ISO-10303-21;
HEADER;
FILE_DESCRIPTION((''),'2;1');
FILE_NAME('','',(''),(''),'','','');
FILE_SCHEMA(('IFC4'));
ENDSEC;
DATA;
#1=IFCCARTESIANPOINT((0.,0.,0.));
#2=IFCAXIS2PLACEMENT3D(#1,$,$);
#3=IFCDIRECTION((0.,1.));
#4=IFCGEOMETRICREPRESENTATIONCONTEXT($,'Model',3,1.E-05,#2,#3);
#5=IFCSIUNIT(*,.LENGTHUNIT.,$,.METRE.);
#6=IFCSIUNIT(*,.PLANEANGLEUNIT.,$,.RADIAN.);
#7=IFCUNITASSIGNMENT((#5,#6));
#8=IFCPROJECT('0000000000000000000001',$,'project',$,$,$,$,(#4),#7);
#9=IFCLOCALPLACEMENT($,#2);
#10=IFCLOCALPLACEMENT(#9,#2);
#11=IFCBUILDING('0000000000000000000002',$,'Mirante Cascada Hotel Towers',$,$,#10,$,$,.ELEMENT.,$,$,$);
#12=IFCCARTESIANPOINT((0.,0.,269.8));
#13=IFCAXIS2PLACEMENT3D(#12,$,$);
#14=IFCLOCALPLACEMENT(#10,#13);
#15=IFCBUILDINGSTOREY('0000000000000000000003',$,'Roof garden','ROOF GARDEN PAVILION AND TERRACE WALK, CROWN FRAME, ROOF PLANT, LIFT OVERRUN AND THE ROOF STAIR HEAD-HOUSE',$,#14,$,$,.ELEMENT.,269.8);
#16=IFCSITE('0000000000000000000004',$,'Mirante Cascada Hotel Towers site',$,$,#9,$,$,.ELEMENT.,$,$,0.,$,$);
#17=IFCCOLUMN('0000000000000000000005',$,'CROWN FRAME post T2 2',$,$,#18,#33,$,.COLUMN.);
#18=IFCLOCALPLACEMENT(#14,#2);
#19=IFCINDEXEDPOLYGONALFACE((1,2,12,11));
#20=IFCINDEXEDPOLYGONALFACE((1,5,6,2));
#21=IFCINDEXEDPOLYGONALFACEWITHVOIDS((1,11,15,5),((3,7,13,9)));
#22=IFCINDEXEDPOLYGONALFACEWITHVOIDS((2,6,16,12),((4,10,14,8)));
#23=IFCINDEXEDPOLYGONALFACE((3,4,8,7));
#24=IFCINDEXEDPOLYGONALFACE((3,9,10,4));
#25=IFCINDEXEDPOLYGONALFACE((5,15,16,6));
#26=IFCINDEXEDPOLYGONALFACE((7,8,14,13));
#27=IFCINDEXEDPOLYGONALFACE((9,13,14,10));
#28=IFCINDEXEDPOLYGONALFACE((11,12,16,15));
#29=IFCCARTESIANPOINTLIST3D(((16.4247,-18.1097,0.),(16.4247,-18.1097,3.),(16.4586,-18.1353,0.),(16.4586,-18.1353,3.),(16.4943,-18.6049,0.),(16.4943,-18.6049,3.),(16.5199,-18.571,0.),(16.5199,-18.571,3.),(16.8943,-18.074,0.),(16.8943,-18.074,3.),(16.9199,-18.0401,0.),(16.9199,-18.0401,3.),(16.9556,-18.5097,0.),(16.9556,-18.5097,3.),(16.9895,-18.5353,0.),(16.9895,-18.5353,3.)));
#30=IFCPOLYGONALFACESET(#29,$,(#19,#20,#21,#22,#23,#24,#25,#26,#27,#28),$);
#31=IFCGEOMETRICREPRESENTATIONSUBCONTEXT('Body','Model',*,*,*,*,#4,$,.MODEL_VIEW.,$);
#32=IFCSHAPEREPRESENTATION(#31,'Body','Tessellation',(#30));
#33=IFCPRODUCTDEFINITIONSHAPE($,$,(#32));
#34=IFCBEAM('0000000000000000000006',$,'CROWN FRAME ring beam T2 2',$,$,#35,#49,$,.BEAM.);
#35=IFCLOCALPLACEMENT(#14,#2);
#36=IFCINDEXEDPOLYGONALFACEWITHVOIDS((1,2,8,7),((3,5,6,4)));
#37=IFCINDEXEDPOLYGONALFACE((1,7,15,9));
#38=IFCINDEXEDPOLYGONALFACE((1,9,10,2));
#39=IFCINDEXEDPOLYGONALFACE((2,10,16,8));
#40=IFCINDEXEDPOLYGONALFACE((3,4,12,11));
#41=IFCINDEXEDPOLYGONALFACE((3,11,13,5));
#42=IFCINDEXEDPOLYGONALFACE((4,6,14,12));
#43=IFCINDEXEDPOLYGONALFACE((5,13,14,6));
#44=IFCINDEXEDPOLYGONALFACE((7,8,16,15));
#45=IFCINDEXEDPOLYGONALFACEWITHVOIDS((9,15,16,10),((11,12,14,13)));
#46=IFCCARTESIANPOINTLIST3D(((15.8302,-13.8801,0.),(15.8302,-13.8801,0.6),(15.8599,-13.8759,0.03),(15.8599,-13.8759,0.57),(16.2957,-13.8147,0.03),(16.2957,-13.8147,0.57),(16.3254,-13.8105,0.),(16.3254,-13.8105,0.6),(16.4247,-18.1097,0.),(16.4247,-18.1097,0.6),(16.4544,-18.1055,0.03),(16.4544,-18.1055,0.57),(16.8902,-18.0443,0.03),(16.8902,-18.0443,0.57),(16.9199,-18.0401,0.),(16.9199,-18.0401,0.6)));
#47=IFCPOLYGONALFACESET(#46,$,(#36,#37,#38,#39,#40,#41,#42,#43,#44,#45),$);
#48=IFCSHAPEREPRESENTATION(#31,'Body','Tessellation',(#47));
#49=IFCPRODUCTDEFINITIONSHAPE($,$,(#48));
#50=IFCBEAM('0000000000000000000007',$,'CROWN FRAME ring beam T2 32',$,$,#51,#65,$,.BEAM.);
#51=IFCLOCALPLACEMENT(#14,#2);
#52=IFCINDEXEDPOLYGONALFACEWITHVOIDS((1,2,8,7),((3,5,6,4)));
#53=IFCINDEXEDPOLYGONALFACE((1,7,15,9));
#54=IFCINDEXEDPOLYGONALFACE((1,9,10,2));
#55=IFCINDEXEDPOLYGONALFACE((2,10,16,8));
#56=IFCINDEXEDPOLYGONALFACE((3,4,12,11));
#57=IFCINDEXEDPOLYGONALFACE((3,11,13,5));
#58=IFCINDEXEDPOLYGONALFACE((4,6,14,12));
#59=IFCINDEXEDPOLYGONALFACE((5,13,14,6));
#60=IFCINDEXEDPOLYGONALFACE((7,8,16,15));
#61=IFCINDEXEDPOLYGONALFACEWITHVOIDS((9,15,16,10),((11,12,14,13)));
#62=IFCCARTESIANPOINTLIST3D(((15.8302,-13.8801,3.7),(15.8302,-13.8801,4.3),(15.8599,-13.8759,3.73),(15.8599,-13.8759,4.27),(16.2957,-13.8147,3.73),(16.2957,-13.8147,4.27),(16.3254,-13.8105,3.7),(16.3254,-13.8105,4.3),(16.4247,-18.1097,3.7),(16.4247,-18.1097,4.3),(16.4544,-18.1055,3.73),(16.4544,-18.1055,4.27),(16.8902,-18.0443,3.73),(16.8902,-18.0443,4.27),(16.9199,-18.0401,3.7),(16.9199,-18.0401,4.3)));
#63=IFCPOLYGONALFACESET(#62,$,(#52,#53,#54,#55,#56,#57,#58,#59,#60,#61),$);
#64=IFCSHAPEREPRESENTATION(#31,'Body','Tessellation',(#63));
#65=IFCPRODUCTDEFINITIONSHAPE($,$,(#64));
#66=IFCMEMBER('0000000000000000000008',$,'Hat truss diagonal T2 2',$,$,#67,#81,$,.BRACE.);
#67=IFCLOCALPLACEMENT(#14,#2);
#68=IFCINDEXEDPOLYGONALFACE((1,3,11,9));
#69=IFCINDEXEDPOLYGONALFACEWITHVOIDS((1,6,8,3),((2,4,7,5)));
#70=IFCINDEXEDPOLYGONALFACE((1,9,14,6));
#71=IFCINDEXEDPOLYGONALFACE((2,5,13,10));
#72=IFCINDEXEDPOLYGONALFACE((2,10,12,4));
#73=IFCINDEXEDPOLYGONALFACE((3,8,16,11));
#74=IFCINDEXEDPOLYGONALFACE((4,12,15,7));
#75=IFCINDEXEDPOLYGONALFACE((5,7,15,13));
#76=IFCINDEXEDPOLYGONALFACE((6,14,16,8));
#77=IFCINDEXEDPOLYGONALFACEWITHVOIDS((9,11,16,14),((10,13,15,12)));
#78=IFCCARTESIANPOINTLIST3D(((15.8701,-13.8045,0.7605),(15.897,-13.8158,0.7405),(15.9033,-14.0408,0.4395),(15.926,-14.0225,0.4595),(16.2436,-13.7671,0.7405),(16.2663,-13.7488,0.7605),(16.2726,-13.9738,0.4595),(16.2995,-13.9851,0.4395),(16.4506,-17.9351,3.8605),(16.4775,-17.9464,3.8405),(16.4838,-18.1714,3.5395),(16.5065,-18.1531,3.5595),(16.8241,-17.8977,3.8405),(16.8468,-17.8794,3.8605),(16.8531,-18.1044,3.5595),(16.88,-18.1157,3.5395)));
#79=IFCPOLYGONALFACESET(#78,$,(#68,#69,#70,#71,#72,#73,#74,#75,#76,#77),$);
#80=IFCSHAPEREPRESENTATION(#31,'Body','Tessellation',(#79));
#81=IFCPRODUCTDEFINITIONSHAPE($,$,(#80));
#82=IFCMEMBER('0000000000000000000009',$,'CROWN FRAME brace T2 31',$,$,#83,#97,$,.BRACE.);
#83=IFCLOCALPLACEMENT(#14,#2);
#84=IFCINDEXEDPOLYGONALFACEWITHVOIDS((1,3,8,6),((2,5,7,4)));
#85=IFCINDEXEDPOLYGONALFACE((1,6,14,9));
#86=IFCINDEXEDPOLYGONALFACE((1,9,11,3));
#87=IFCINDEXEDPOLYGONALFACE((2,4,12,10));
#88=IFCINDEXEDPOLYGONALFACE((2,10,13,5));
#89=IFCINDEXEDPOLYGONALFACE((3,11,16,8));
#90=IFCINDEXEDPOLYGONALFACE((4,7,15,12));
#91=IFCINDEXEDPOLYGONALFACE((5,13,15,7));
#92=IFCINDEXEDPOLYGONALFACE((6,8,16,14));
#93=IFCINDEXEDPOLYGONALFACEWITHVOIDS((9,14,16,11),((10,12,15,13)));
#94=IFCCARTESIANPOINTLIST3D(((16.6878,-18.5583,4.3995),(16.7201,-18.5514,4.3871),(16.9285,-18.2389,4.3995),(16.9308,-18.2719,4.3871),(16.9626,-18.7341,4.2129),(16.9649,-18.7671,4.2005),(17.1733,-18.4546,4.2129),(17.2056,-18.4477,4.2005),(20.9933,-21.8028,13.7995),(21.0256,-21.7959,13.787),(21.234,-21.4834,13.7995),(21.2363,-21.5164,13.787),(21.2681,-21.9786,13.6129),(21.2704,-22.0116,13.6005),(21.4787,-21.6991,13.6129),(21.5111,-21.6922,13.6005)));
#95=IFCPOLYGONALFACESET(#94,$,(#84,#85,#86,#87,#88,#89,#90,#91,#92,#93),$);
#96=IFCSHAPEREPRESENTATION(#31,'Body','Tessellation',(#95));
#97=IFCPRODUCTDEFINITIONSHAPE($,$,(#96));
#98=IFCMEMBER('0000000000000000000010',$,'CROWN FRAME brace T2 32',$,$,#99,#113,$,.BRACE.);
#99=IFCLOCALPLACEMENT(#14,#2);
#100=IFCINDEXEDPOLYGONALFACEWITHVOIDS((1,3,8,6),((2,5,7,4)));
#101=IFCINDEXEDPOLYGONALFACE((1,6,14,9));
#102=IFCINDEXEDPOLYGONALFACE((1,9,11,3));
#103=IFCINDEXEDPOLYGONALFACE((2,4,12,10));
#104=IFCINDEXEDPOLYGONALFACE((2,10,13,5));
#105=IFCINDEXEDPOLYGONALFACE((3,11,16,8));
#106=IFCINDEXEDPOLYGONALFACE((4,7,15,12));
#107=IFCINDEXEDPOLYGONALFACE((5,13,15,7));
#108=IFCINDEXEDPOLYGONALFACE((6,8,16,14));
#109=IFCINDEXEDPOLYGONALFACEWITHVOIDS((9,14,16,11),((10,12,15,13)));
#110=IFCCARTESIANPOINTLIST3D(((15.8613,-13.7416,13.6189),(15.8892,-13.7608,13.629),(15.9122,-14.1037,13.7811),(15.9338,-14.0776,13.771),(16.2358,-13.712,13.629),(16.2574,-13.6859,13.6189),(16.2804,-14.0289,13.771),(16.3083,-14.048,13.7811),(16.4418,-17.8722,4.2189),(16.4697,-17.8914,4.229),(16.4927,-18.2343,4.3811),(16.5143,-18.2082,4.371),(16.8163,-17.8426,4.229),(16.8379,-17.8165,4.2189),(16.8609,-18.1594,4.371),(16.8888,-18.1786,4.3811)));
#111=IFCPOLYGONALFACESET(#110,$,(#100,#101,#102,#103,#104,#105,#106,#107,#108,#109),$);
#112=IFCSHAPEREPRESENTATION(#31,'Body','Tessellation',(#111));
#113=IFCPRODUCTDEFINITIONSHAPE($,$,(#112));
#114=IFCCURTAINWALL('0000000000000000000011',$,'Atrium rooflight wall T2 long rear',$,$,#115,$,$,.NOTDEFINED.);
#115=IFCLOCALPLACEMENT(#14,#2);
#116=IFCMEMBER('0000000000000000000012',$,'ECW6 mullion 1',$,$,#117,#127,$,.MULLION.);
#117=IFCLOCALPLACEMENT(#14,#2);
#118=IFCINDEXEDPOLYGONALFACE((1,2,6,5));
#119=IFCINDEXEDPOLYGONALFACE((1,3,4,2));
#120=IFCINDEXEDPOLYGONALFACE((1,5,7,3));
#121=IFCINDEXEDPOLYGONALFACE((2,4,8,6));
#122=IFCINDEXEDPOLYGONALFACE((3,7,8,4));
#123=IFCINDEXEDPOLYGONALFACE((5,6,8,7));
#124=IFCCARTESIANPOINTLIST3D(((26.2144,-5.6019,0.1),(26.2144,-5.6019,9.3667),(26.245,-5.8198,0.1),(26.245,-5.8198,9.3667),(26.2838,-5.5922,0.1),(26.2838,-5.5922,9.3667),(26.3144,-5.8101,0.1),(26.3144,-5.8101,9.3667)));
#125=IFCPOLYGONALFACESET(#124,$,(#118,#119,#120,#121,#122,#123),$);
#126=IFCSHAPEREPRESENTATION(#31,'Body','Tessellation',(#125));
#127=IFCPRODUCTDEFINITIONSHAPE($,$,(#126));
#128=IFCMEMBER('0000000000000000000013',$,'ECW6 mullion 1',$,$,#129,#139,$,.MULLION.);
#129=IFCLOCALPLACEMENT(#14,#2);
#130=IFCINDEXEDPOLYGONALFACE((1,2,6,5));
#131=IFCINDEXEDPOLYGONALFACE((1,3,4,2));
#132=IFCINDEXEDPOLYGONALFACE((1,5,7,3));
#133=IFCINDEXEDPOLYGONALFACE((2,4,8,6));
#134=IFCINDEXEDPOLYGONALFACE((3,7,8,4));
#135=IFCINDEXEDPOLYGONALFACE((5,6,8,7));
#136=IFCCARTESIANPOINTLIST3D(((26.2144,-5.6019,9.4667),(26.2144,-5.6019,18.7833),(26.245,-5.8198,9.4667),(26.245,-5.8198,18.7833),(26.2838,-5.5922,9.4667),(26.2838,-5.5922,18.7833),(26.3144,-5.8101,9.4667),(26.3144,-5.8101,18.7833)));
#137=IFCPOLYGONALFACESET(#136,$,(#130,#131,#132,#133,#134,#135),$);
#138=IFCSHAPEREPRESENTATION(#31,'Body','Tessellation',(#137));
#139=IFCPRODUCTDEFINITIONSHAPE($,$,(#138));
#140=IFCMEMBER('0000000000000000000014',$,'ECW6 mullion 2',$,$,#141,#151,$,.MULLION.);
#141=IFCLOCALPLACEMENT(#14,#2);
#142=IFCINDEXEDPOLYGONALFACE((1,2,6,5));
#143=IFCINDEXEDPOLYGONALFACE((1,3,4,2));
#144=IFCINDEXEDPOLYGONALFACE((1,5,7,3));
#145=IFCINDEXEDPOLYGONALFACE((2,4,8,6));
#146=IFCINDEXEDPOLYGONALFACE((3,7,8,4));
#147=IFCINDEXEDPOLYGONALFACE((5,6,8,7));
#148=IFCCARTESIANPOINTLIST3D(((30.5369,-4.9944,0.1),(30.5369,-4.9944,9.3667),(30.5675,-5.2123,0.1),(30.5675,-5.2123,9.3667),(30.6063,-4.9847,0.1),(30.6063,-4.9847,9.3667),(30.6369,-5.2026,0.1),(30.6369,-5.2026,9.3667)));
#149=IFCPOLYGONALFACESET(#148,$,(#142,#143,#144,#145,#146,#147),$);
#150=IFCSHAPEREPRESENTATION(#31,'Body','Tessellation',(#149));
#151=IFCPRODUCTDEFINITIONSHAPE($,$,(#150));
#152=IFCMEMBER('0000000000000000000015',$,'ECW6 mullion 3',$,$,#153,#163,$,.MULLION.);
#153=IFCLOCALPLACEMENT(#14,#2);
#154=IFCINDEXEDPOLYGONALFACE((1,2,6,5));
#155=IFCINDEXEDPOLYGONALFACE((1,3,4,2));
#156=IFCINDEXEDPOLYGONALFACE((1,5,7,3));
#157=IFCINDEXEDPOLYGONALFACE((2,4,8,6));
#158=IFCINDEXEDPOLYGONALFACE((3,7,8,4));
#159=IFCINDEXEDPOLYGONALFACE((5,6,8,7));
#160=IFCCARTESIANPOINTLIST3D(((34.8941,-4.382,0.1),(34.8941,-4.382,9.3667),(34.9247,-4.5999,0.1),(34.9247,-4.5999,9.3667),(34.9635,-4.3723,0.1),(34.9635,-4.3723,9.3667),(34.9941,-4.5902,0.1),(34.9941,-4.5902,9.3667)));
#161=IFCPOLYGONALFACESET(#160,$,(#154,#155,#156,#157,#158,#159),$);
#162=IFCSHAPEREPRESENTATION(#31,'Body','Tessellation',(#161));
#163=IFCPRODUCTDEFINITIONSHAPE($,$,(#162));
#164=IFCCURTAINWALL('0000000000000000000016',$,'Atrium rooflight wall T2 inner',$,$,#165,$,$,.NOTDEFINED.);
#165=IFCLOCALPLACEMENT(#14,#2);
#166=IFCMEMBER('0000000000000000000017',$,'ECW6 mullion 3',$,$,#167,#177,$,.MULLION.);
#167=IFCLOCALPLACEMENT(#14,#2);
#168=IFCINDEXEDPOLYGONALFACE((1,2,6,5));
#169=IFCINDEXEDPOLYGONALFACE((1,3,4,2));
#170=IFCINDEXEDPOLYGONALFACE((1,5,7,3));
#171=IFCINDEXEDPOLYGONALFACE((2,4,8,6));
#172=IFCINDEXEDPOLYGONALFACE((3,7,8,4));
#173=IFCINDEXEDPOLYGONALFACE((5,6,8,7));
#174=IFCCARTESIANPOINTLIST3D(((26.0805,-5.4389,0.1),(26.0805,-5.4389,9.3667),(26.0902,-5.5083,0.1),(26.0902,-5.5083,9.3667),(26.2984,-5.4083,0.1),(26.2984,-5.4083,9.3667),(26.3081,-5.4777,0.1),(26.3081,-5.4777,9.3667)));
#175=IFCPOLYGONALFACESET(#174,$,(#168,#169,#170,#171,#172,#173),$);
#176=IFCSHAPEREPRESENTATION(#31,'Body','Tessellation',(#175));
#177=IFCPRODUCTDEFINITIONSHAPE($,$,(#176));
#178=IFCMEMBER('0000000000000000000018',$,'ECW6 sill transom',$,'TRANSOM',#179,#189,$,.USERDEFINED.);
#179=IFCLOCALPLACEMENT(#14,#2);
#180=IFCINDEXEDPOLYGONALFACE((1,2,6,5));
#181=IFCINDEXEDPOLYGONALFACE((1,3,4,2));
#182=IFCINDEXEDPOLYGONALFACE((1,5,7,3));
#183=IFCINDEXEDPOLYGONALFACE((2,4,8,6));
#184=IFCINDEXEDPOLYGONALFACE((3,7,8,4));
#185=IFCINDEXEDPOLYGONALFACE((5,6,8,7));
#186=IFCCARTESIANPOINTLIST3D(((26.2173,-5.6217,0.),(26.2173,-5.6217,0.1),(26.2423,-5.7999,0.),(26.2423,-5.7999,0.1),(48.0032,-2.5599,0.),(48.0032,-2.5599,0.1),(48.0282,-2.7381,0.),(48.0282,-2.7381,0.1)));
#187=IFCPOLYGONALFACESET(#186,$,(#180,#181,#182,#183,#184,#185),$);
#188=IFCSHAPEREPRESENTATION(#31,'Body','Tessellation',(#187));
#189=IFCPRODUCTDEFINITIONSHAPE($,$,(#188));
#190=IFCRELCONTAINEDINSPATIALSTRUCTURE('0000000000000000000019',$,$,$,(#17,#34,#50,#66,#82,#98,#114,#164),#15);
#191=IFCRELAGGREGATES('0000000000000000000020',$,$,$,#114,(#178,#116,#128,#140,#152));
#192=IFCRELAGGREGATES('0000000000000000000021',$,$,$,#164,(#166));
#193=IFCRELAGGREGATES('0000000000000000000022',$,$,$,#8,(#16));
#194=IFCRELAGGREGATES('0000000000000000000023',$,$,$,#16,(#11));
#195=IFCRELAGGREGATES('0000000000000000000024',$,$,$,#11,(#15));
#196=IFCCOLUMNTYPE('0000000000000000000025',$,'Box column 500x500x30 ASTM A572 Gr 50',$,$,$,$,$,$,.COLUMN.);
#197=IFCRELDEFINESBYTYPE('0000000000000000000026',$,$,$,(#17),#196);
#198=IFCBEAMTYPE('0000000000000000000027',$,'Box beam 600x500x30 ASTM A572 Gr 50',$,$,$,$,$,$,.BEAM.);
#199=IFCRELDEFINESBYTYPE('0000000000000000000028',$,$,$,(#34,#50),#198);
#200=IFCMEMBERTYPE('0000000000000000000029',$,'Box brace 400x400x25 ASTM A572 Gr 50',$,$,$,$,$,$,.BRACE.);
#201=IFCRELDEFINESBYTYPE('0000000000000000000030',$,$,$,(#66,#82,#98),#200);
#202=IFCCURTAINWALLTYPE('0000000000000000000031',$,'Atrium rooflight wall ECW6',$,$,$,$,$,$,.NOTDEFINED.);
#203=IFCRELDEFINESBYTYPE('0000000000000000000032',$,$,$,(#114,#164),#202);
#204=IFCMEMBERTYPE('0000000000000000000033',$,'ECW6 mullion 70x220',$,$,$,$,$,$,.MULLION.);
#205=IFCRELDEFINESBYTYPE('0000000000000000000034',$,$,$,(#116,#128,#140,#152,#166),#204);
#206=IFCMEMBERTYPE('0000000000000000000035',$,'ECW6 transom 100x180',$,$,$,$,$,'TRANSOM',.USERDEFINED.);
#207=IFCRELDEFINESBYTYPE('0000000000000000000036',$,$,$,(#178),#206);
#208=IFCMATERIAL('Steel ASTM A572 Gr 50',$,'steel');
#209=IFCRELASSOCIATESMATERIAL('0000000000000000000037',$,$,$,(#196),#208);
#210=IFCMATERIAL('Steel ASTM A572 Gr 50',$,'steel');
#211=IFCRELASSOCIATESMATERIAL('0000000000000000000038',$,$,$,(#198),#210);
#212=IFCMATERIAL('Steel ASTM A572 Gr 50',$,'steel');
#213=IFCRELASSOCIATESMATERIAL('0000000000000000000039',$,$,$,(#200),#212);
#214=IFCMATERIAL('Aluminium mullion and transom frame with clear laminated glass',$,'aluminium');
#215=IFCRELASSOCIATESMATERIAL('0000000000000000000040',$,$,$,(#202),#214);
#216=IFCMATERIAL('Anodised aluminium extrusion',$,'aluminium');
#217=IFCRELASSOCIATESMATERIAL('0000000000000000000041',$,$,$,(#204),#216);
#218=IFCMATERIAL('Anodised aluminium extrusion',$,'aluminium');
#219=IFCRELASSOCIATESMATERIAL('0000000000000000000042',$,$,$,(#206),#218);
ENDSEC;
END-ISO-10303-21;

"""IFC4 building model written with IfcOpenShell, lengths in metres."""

from ifc_helpers import new_model, si_unit, direction, frame, origin, origin_2d, place, context, subcontext, project, spatial, rectangle, hollow_rectangle, extrude, material, material_profile, profile_set, type_object, element, aggregate, save


model = new_model("IFC4")

# Units and contexts
model_context = context("Model", 3, precision=1e-05, world=origin(), true_north=direction((0.0, 1.0)))
body_context = subcontext(model_context, "Body", "Model", "MODEL_VIEW")
ifc_project = project(units=[si_unit("LENGTHUNIT", "METRE"), si_unit("PLANEANGLEUNIT", "RADIAN")], contexts=[model_context])

# Site, building, storey
site_placement = place(None, origin())
site = spatial("IfcSite", under=ifc_project, at=site_placement, Name="Mirante Cascada Hotel Towers site", CompositionType="ELEMENT", RefElevation=0.0)
building_placement = place(site_placement, origin())
building = spatial("IfcBuilding", under=site, at=building_placement, Name="Mirante Cascada Hotel Towers", CompositionType="ELEMENT")
storey_placement = place(building_placement, frame((0.0, 0.0, 269.8)))
storey = spatial("IfcBuildingStorey", under=building, at=storey_placement, Name="Roof garden", Description="ROOF GARDEN PAVILION AND TERRACE WALK, CROWN FRAME, ROOF PLANT, LIFT OVERRUN AND THE ROOF STAIR HEAD-HOUSE", CompositionType="ELEMENT", Elevation=269.8)

# Column
ifc_material_1 = material(Name="Steel ASTM A572 Gr 50", Category="steel")
ifc_material_profile_1 = material_profile(ifc_material_1, hollow_rectangle(XDim=0.5, YDim=0.5, WallThickness=0.03, at=origin_2d()), Name="Box column 500x500x30 ASTM A572 Gr 50")
ifc_profile_set_1 = profile_set([ifc_material_profile_1], Name="Steel ASTM A572 Gr 50")
column_type = type_object("IfcColumnType", Name="Box column 500x500x30 ASTM A572 Gr 50", PredefinedType="COLUMN", material=ifc_profile_set_1)
column_placement = place(storey_placement, frame((16.7071, -18.3225, 0.0), z_axis=(0.0, 0.0, 1.0), x_axis=(0.990268, 0.139173, 0.0)))
element("IfcColumn", 1, at=column_placement, inside=storey, type_object=column_type, Name="CROWN FRAME post T2 2", PredefinedType="COLUMN", context=body_context, shape_type="SweptSolid", body=[
    extrude(hollow_rectangle(XDim=0.5, YDim=0.5, WallThickness=0.03, at=origin_2d()), origin(), (0.0, 0.0, 1.0), 3.0),
])

# Beams
ifc_material_2 = material(Name="Steel ASTM A572 Gr 50", Category="steel")
ifc_material_profile_2 = material_profile(ifc_material_2, hollow_rectangle(XDim=0.5, YDim=0.6, WallThickness=0.03, at=origin_2d()), Name="Box beam 600x500x30 ASTM A572 Gr 50")
ifc_profile_set_2 = profile_set([ifc_material_profile_2], Name="Steel ASTM A572 Gr 50")
beam_type = type_object("IfcBeamType", Name="Box beam 600x500x30 ASTM A572 Gr 50", PredefinedType="BEAM", material=ifc_profile_set_2)
for number, where, z_axis, x_axis, name in (
    (2, (16.6723, -18.0749, 0.3), (-0.139189, 0.990266, 0.0), (-0.990266, -0.139189, 0.0), "CROWN FRAME ring beam T2 2"),
    (3, (16.6723, -18.0749, 4.0), (-0.139189, 0.990266, 0.0), (-0.990266, -0.139189, 0.0), "CROWN FRAME ring beam T2 32"),
):
    element("IfcBeam", number, at=place(storey_placement, frame(where, z_axis=z_axis, x_axis=x_axis)), inside=storey, type_object=beam_type, Name=name, PredefinedType="BEAM", context=body_context, shape_type="SweptSolid", body=[
        extrude(hollow_rectangle(XDim=0.5, YDim=0.6, WallThickness=0.03, at=origin_2d()), origin(), (0.0, 0.0, 1.0), 4.2712),
    ])

# Members
ifc_material_3 = material(Name="Steel ASTM A572 Gr 50", Category="steel")
ifc_material_profile_3 = material_profile(ifc_material_3, hollow_rectangle(XDim=0.4, YDim=0.4, WallThickness=0.025, at=origin_2d()), Name="Box brace 400x400x25 ASTM A572 Gr 50")
ifc_profile_set_3 = profile_set([ifc_material_profile_3], Name="Steel ASTM A572 Gr 50")
member_type_1 = type_object("IfcMemberType", Name="Box brace 400x400x25 ASTM A572 Gr 50", PredefinedType="BRACE", material=ifc_profile_set_3)
member_1_placement = place(storey_placement, frame((16.0848, -13.8948, 0.6), z_axis=(0.111699, -0.794804, 0.596498), x_axis=(0.990269, 0.139169, 0.0)))
element("IfcMember", 4, at=member_1_placement, inside=storey, type_object=member_type_1, Name="Hat truss diagonal T2 2", PredefinedType="BRACE", context=body_context, shape_type="SweptSolid", body=[
    extrude(hollow_rectangle(XDim=0.4, YDim=0.4, WallThickness=0.025, at=origin_2d()), origin(), (0.0, 0.0, 1.0), 5.197),
])
member_2_placement = place(storey_placement, frame((16.9467, -18.503, 4.3), z_axis=(0.397324, -0.299412, 0.86746), x_axis=(0.601824, 0.798629, 0.0)))
element("IfcMember", 5, at=member_2_placement, inside=storey, type_object=member_type_1, Name="CROWN FRAME brace T2 31", PredefinedType="BRACE", context=body_context, shape_type="SweptSolid", body=[
    extrude(hollow_rectangle(XDim=0.4, YDim=0.4, WallThickness=0.025, at=origin_2d()), origin(), (0.0, 0.0, 1.0), 10.8362),
])
member_3_placement = place(storey_placement, frame((16.6653, -18.0254, 4.3), z_axis=(-0.056447, 0.401657, 0.914049), x_axis=(-0.990269, -0.139169, 0.0)))
element("IfcMember", 6, at=member_3_placement, inside=storey, type_object=member_type_1, Name="CROWN FRAME brace T2 32", PredefinedType="BRACE", context=body_context, shape_type="SweptSolid", body=[
    extrude(hollow_rectangle(XDim=0.4, YDim=0.4, WallThickness=0.025, at=origin_2d()), origin(), (0.0, 0.0, 1.0), 10.2839),
])

# Curtain wall, members
ifc_material_4 = material(Name="Aluminium mullion and transom frame with clear laminated glass", Category="aluminium")
curtain_wall_type = type_object("IfcCurtainWallType", Name="Atrium rooflight wall ECW6", PredefinedType="NOTDEFINED", material=ifc_material_4)
curtain_wall_1_placement = place(storey_placement, origin())
curtain_wall_1 = element("IfcCurtainWall", 7, at=curtain_wall_1_placement, inside=storey, type_object=curtain_wall_type, Name="Atrium rooflight wall T2 long rear", PredefinedType="NOTDEFINED")
ifc_material_5 = material(Name="Anodised aluminium extrusion", Category="aluminium")
ifc_material_profile_4 = material_profile(ifc_material_5, rectangle(XDim=0.22, YDim=0.07, at=origin_2d()), Name="ECW6 MULLION 70x220")
ifc_profile_set_4 = profile_set([ifc_material_profile_4], Name="Anodised aluminium extrusion")
member_type_2 = type_object("IfcMemberType", Name="ECW6 mullion 70x220", PredefinedType="MULLION", material=ifc_profile_set_4)
member_4_placement = place(storey_placement, frame((26.2644, -5.706, 0.1), z_axis=(0.0, 0.0, 1.0), x_axis=(-0.139173, 0.990268, 0.0)))
member_4 = element("IfcMember", 8, at=member_4_placement, type_object=member_type_2, Name="ECW6 mullion 1", PredefinedType="MULLION", context=body_context, shape_type="SweptSolid", body=[
    extrude(rectangle(XDim=0.22, YDim=0.07, at=origin_2d()), origin(), (0.0, 0.0, 1.0), 9.2667),
])
member_5_placement = place(storey_placement, frame((26.2644, -5.706, 9.4667), z_axis=(0.0, 0.0, 1.0), x_axis=(-0.139173, 0.990268, 0.0)))
member_5 = element("IfcMember", 9, at=member_5_placement, type_object=member_type_2, Name="ECW6 mullion 1", PredefinedType="MULLION", context=body_context, shape_type="SweptSolid", body=[
    extrude(rectangle(XDim=0.22, YDim=0.07, at=origin_2d()), origin(), (0.0, 0.0, 1.0), 9.3166),
])
member_6_placement = place(storey_placement, frame((30.5869, -5.0985, 0.1), z_axis=(0.0, 0.0, 1.0), x_axis=(-0.139173, 0.990268, 0.0)))
member_6 = element("IfcMember", 10, at=member_6_placement, type_object=member_type_2, Name="ECW6 mullion 2", PredefinedType="MULLION", context=body_context, shape_type="SweptSolid", body=[
    extrude(rectangle(XDim=0.22, YDim=0.07, at=origin_2d()), origin(), (0.0, 0.0, 1.0), 9.2667),
])
member_7_placement = place(storey_placement, frame((34.9441, -4.4861, 0.1), z_axis=(0.0, 0.0, 1.0), x_axis=(-0.139173, 0.990268, 0.0)))
member_7 = element("IfcMember", 11, at=member_7_placement, type_object=member_type_2, Name="ECW6 mullion 3", PredefinedType="MULLION", context=body_context, shape_type="SweptSolid", body=[
    extrude(rectangle(XDim=0.22, YDim=0.07, at=origin_2d()), origin(), (0.0, 0.0, 1.0), 9.2667),
])

# Curtain wall, member
curtain_wall_2_placement = place(storey_placement, origin())
curtain_wall_2 = element("IfcCurtainWall", 12, at=curtain_wall_2_placement, inside=storey, type_object=curtain_wall_type, Name="Atrium rooflight wall T2 inner", PredefinedType="NOTDEFINED")
member_8_placement = place(storey_placement, frame((26.1943, -5.4583, 0.1), z_axis=(0.0, 0.0, 1.0), x_axis=(0.990268, 0.139173, 0.0)))
member_8 = element("IfcMember", 13, at=member_8_placement, type_object=member_type_2, Name="ECW6 mullion 3", PredefinedType="MULLION", context=body_context, shape_type="SweptSolid", body=[
    extrude(rectangle(XDim=0.22, YDim=0.07, at=origin_2d()), origin(), (0.0, 0.0, 1.0), 9.2667),
])

# Member
ifc_material_6 = material(Name="Anodised aluminium extrusion", Category="aluminium")
ifc_material_profile_5 = material_profile(ifc_material_6, rectangle(XDim=0.18, YDim=0.1, at=origin_2d()), Name="ECW6 TRANSOM 100x180")
ifc_profile_set_5 = profile_set([ifc_material_profile_5], Name="Anodised aluminium extrusion")
member_type_3 = type_object("IfcMemberType", Name="ECW6 transom 100x180", ElementType="TRANSOM", PredefinedType="USERDEFINED", material=ifc_profile_set_5)
member_9_placement = place(storey_placement, frame((26.2298, -5.7108, 0.05), z_axis=(0.990268, 0.139173, 0.0), x_axis=(-0.139173, 0.990268, 0.0)))
member_9 = element("IfcMember", 14, at=member_9_placement, type_object=member_type_3, Name="ECW6 sill transom", ObjectType="TRANSOM", PredefinedType="USERDEFINED", context=body_context, shape_type="SweptSolid", body=[
    extrude(rectangle(XDim=0.18, YDim=0.1, at=origin_2d()), origin(), (0.0, 0.0, 1.0), 22.0),
])

aggregate(curtain_wall_1, [member_9, member_4, member_5, member_6, member_7])
aggregate(curtain_wall_2, [member_8])

save(model, "model.ifc")
